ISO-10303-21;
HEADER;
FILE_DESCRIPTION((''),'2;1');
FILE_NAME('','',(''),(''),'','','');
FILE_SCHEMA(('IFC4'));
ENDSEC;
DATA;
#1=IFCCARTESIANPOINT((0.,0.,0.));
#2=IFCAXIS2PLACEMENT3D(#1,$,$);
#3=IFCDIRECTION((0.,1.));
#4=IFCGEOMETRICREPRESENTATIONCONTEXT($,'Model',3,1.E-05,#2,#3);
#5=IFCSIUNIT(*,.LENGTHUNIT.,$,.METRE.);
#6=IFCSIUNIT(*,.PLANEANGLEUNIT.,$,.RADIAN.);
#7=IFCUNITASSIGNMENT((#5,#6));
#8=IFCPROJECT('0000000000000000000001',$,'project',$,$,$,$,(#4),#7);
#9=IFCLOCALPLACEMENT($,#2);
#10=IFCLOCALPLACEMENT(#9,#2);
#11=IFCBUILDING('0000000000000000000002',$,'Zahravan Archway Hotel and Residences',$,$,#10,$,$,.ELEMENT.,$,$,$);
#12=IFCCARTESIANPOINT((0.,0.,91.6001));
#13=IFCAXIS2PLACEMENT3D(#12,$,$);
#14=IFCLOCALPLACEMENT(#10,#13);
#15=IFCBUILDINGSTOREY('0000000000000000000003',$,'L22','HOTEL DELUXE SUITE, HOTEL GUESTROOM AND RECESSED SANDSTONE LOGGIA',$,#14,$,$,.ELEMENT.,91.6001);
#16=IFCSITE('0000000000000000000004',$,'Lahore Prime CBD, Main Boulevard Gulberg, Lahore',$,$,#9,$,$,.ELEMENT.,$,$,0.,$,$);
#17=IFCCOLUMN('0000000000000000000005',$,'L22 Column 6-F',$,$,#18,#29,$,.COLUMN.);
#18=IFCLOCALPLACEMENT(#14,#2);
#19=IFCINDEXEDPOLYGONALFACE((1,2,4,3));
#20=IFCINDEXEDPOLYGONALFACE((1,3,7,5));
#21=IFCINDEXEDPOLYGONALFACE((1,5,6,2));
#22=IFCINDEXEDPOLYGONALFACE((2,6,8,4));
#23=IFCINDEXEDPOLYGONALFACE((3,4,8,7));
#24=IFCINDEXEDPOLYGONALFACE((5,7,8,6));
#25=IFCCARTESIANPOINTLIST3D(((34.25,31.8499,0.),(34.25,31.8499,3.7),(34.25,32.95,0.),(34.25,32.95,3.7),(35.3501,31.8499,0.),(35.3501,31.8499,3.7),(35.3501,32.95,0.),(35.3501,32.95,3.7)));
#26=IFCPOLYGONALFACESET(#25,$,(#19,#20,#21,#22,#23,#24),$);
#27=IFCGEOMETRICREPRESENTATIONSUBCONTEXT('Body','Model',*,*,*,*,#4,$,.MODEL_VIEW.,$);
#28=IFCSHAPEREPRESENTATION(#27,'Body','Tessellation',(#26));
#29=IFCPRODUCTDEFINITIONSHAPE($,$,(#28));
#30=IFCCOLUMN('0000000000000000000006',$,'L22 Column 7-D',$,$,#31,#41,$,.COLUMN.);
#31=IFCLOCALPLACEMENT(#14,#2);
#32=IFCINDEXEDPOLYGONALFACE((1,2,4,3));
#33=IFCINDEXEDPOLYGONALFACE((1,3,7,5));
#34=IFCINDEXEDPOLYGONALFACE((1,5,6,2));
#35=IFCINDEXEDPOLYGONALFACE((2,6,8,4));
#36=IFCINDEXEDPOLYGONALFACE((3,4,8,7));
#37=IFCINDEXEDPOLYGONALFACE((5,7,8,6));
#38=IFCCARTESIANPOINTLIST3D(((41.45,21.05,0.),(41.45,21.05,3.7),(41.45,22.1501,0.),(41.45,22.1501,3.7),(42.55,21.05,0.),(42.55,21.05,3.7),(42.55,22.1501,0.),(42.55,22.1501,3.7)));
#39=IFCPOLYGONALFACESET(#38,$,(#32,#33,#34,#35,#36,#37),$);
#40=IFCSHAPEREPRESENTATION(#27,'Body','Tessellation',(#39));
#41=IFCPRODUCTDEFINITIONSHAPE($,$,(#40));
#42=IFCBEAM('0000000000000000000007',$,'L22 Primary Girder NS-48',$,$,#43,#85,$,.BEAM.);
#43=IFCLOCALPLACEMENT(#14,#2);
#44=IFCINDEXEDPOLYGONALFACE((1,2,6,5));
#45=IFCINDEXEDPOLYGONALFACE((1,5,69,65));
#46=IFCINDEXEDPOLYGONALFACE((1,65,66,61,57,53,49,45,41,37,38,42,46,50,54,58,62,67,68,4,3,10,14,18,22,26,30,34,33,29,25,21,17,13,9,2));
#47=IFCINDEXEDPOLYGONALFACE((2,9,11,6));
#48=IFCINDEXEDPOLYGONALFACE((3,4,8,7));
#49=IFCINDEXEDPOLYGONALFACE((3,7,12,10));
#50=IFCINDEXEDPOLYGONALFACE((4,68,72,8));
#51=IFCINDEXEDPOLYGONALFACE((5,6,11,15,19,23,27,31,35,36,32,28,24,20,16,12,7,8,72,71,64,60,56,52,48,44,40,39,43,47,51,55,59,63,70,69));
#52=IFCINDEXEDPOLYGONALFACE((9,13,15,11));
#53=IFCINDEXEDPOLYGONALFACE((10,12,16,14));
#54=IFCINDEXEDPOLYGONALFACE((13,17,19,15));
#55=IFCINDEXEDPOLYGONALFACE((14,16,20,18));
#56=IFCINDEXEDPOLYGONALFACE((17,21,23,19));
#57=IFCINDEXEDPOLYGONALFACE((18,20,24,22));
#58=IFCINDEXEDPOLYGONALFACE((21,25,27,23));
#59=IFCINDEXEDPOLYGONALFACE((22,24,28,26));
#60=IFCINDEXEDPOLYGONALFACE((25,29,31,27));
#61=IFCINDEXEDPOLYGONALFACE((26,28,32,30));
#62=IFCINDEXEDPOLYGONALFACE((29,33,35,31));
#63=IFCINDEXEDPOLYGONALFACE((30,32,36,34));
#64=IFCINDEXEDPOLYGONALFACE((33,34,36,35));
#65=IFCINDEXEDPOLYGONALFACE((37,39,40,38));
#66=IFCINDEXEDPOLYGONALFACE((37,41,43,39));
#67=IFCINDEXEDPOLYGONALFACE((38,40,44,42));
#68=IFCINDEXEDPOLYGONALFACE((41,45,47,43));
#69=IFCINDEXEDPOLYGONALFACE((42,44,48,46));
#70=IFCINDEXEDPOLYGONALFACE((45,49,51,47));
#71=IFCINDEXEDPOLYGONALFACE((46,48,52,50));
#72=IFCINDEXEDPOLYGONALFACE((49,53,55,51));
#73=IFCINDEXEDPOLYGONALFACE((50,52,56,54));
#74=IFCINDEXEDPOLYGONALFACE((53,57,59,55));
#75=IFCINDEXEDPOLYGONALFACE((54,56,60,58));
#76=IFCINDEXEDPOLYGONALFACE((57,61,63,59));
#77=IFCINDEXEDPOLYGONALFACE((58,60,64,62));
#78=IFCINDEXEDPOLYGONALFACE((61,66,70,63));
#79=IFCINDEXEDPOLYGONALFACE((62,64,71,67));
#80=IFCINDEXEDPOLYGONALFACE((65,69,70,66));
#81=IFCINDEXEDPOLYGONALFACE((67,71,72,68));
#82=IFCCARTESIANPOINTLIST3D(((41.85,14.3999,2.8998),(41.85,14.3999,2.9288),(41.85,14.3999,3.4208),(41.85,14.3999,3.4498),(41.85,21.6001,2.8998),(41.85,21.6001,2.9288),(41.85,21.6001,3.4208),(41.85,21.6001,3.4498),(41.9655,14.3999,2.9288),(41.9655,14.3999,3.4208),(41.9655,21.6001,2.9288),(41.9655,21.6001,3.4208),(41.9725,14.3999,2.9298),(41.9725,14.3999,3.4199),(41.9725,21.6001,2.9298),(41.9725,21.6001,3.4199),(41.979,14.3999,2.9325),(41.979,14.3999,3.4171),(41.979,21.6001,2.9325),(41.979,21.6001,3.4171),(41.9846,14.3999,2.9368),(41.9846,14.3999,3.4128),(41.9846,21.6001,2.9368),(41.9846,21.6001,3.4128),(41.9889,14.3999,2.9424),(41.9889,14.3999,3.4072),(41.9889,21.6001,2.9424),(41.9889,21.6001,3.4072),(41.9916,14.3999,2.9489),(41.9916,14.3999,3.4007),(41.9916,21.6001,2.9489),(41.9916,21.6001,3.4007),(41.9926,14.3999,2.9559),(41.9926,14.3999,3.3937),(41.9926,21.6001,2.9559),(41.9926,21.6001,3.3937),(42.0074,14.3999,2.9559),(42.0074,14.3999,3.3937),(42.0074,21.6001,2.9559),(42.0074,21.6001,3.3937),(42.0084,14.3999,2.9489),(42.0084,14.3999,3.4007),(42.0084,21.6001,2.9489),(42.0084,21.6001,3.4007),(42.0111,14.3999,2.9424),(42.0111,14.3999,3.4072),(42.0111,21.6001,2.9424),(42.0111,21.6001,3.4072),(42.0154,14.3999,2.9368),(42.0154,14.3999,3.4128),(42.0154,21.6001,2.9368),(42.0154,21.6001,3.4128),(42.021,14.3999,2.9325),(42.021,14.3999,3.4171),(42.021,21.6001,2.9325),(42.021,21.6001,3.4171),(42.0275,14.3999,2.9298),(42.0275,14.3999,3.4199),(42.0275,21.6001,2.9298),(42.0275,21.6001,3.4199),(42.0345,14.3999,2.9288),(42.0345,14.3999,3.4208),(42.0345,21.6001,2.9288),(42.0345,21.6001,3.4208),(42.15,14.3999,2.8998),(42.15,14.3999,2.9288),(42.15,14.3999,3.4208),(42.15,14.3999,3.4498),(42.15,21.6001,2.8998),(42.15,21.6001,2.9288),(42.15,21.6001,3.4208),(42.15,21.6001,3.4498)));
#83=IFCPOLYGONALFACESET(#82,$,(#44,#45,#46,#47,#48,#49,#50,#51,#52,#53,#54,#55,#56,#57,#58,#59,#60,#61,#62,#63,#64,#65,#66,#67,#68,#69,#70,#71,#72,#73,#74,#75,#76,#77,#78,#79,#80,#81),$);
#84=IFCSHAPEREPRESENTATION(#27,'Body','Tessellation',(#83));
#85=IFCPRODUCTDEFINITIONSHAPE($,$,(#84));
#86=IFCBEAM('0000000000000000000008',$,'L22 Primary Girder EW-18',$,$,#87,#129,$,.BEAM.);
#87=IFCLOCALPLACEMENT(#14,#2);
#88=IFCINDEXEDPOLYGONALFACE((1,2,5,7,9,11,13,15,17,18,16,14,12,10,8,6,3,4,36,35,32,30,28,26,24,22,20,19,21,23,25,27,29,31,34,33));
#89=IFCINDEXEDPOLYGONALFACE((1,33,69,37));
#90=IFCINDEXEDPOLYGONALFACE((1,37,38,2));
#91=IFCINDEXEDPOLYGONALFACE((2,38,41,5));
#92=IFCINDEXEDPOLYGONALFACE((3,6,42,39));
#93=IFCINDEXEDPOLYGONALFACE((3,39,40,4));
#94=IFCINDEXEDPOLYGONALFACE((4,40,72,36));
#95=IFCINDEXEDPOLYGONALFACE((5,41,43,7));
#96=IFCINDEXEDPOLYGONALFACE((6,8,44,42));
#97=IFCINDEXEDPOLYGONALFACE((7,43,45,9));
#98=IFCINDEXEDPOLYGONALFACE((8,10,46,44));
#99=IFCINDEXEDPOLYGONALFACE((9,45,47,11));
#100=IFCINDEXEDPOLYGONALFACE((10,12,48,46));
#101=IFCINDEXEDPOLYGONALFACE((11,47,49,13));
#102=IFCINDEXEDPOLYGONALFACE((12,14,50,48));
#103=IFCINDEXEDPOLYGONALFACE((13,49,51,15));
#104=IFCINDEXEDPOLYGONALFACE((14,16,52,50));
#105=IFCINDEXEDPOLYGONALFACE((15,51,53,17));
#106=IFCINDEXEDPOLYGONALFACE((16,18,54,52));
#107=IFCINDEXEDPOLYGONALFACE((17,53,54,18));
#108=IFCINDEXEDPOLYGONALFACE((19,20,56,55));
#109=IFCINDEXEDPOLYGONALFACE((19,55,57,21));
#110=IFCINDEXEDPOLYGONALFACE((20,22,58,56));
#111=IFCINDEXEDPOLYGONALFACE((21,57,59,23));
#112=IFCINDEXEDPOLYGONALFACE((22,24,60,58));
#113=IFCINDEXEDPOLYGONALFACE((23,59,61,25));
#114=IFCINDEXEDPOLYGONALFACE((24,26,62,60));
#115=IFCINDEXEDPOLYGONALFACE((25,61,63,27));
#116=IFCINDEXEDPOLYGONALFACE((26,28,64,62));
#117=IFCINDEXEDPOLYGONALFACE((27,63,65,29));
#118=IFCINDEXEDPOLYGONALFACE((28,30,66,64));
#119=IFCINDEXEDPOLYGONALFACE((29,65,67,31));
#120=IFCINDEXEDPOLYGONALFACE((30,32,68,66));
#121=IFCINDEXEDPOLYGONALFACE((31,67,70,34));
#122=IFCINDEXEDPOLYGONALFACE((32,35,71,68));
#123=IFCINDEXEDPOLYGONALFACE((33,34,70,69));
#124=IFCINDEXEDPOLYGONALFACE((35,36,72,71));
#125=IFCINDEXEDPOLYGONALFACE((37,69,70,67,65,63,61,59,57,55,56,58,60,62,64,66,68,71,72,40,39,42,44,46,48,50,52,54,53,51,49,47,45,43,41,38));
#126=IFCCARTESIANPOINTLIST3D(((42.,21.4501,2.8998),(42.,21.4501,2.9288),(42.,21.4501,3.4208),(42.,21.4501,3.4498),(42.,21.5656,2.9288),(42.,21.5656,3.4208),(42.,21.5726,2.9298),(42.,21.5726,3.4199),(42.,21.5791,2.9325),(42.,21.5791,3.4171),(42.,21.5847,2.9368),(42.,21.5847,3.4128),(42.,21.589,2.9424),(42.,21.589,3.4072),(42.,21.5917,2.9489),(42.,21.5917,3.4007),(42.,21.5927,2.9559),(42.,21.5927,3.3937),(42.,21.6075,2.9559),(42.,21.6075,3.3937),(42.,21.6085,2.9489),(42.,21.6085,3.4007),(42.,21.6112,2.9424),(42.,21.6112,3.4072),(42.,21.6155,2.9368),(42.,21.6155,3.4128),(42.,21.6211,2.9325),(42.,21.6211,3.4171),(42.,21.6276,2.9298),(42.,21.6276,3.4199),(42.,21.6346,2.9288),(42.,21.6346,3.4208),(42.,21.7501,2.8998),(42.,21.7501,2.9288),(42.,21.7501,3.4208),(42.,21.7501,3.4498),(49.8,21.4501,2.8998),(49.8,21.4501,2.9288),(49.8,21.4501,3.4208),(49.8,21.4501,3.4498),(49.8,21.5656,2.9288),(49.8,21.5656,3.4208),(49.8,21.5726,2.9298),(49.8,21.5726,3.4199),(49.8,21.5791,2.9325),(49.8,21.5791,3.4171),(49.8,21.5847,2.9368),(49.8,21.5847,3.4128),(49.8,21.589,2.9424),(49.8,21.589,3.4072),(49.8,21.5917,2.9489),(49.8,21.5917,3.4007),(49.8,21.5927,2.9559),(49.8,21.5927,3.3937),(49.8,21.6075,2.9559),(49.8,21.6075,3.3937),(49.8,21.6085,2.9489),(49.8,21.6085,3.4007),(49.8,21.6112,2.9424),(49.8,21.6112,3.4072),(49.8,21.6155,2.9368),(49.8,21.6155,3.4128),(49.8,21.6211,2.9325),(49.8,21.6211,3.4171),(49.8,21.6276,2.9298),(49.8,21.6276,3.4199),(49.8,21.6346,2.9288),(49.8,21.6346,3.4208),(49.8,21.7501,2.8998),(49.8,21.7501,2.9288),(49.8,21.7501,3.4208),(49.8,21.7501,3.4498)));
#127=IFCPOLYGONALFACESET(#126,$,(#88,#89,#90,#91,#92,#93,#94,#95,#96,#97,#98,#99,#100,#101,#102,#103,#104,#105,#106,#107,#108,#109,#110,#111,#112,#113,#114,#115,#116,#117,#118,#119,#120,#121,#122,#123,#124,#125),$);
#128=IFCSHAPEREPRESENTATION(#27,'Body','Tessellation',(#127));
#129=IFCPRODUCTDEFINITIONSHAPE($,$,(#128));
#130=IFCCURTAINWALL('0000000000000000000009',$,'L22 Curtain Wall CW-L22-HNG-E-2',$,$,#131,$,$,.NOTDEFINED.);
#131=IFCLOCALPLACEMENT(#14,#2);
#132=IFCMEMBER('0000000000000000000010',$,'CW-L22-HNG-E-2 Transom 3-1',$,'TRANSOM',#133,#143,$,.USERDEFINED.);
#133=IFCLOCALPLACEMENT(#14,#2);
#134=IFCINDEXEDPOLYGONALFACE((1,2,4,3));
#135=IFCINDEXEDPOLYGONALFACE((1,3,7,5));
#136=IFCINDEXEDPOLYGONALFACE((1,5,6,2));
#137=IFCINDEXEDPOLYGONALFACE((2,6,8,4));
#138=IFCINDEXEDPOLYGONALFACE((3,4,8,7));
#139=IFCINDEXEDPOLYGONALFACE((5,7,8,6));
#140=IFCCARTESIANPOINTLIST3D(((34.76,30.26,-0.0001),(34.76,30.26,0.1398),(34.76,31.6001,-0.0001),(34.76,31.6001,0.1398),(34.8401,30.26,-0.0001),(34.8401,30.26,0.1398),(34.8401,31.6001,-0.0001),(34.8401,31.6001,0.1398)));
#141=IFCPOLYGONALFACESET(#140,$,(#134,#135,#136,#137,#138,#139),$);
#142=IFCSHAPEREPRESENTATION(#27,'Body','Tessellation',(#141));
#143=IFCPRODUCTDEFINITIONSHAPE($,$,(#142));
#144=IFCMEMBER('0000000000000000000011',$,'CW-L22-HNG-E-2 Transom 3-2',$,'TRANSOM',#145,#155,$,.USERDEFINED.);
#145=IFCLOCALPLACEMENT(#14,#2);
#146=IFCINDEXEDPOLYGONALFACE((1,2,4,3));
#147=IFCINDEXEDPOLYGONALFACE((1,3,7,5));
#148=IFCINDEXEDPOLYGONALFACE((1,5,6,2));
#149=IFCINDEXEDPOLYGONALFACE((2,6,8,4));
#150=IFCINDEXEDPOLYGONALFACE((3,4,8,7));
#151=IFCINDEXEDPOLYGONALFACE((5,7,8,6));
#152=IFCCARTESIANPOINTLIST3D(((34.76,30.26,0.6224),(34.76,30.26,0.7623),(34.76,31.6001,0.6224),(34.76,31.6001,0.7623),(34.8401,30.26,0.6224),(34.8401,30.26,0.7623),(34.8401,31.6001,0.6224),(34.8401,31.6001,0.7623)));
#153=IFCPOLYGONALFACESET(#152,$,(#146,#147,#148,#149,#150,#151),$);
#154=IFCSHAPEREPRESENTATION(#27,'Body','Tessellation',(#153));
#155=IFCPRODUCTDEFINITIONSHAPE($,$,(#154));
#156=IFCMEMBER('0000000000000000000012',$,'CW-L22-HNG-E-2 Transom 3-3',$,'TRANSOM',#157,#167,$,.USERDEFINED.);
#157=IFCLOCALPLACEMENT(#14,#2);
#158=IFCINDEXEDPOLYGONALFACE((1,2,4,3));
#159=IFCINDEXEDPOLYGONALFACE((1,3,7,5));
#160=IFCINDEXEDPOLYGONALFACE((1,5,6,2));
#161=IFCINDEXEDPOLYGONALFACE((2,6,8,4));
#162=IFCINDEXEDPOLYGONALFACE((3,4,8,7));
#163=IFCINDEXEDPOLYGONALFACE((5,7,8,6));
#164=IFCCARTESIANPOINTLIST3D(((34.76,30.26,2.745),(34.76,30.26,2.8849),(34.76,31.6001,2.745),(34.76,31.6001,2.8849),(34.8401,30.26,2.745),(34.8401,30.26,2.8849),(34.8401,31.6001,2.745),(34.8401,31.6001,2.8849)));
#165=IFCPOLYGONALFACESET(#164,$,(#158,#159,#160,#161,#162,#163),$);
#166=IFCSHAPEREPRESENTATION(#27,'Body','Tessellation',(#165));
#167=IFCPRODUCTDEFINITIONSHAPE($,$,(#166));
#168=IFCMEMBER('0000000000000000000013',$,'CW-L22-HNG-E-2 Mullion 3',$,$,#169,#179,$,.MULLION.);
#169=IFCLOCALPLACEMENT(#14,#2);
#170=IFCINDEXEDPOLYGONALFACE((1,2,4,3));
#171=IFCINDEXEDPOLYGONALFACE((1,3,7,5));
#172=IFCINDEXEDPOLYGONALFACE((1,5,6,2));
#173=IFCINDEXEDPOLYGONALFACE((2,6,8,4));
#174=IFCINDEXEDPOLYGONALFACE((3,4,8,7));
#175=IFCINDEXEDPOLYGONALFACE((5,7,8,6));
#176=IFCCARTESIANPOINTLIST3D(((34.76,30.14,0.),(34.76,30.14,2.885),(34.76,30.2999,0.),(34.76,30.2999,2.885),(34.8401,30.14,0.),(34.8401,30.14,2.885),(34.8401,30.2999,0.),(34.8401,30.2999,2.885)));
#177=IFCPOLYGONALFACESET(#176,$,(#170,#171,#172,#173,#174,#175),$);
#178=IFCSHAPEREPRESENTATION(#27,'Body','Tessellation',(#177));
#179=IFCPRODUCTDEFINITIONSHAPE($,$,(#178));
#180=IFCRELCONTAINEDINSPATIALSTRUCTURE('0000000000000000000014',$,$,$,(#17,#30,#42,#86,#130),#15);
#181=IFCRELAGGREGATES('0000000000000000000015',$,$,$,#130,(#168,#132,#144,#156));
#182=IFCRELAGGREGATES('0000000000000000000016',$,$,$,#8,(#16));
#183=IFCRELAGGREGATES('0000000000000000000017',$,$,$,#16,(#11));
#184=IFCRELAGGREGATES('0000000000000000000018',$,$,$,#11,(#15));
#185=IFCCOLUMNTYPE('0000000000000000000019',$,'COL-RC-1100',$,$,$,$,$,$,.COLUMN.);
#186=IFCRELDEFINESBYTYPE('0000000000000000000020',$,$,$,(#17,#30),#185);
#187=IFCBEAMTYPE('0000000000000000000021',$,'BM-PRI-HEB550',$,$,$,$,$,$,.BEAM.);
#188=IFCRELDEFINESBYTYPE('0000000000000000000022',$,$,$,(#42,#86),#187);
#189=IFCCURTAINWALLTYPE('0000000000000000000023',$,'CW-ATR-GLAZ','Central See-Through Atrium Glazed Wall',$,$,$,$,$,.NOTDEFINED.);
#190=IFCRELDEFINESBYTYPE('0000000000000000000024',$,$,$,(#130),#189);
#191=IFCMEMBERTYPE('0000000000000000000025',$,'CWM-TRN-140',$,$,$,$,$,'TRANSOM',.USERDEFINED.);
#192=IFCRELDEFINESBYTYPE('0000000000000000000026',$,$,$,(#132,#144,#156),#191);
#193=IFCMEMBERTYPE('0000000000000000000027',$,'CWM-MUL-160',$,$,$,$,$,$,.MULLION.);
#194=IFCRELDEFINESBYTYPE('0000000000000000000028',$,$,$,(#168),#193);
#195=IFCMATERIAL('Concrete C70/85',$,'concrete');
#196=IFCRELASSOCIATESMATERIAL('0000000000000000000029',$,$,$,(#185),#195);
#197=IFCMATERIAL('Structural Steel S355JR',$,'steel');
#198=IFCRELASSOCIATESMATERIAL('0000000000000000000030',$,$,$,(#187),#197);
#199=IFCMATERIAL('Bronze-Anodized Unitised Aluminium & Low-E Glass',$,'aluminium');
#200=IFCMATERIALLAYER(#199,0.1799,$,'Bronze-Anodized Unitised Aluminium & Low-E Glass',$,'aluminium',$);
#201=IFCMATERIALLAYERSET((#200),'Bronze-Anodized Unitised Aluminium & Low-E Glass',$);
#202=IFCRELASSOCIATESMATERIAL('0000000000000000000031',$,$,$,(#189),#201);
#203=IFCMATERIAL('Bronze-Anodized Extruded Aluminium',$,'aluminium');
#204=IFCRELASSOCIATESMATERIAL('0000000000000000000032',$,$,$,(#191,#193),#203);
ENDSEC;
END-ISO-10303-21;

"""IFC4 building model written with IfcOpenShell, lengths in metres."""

from ifc_helpers import new_model, si_unit, direction, frame, origin, origin_2d, place, context, subcontext, project, spatial, rectangle, i_section, extrude, source, transform, mapped, material, layer, layer_set, material_profile, profile_set, type_object, type_shapes, element, aggregate, save


model = new_model("IFC4")

# Units and contexts
model_context = context("Model", 3, precision=1e-05, world=origin(), true_north=direction((0.0, 1.0)))
body_context = subcontext(model_context, "Body", "Model", "MODEL_VIEW")
ifc_project = project(units=[si_unit("LENGTHUNIT", "METRE"), si_unit("PLANEANGLEUNIT", "RADIAN")], contexts=[model_context])

# Site, building, storey
site_placement = place(None, origin())
site = spatial("IfcSite", under=ifc_project, at=site_placement, Name="Lahore Prime CBD, Main Boulevard Gulberg, Lahore", CompositionType="ELEMENT", RefElevation=0.0)
building_placement = place(site_placement, origin())
building = spatial("IfcBuilding", under=site, at=building_placement, Name="Zahravan Archway Hotel and Residences", CompositionType="ELEMENT")
storey_placement = place(building_placement, frame((0.0, 0.0, 91.6001)))
storey = spatial("IfcBuildingStorey", under=building, at=storey_placement, Name="L22", Description="HOTEL DELUXE SUITE, HOTEL GUESTROOM AND RECESSED SANDSTONE LOGGIA", CompositionType="ELEMENT", Elevation=91.6001)

# Columns
ifc_material_1 = material(Name="Concrete C70/85", Category="concrete")
ifc_material_profile_1 = material_profile(ifc_material_1, rectangle(XDim=1.1001, YDim=1.1001, at=origin_2d()), Name="RC 1100x1100", Category="concrete")
ifc_profile_set_1 = profile_set([ifc_material_profile_1], Name="Concrete C70/85")
column_type = type_object("IfcColumnType", Name="COL-RC-1100", PredefinedType="COLUMN", material=ifc_profile_set_1)
shared_shape_1 = source(origin(), body_context, "Body", "SweptSolid", [
    extrude(rectangle(XDim=1.1001, YDim=1.1001, at=origin_2d()), origin(), (0.0, 0.0, 1.0), 3.7),
])
for number, where, z_axis, x_axis, name in (
    (1, (34.8, 32.3999, 0.0), (0.0, 0.0, 1.0), (1.0, 0.0, 0.0), "L22 Column 6-F"),
    (2, (42.0, 21.6001, 0.0), (0.0, 0.0, 1.0), (1.0, 0.0, 0.0), "L22 Column 7-D"),
):
    element("IfcColumn", number, at=place(storey_placement, frame(where, z_axis=z_axis, x_axis=x_axis)), inside=storey, type_object=column_type, Name=name, PredefinedType="COLUMN", context=body_context, shape_type="MappedRepresentation", body=[
        mapped(shared_shape_1, transform((0.0, 0.0, 0.0), scale=1.0)),
    ])

# Beams
ifc_material_2 = material(Name="Structural Steel S355JR", Category="steel")
ifc_material_profile_2 = material_profile(ifc_material_2, i_section(OverallWidth=0.3, OverallDepth=0.55, WebThickness=0.0149, FlangeThickness=0.0291, FilletRadius=0.0271, at=origin_2d()), Name="HEB 550", Category="steel")
ifc_profile_set_2 = profile_set([ifc_material_profile_2], Name="Structural Steel S355JR")
beam_type = type_object("IfcBeamType", Name="BM-PRI-HEB550", PredefinedType="BEAM", material=ifc_profile_set_2)
shared_shape_2 = source(origin(), body_context, "Body", "SweptSolid", [
    extrude(i_section(OverallWidth=0.3, OverallDepth=0.55, WebThickness=0.0149, FlangeThickness=0.0291, FilletRadius=0.0271, at=origin_2d()), origin(), (0.0, 0.0, 1.0), 7.2002),
])
type_shapes(beam_type, [shared_shape_2])
beam_1_placement = place(storey_placement, frame((42.0, 14.3999, 3.1748), z_axis=(0.0, 1.0, 0.0), x_axis=(-1.0, 0.0, 0.0)))
element("IfcBeam", 3, at=beam_1_placement, inside=storey, type_object=beam_type, Name="L22 Primary Girder NS-48", PredefinedType="BEAM", context=body_context, shape_type="MappedRepresentation", body=[
    mapped(shared_shape_2, transform((0.0, 0.0, 0.0), scale=1.0)),
])
shared_shape_3 = source(origin(), body_context, "Body", "SweptSolid", [
    extrude(i_section(OverallWidth=0.3, OverallDepth=0.55, WebThickness=0.0149, FlangeThickness=0.0291, FilletRadius=0.0271, at=origin_2d()), origin(), (0.0, 0.0, 1.0), 7.8),
])
beam_2_placement = place(storey_placement, frame((42.0, 21.6001, 3.1748), z_axis=(1.0, 0.0, 0.0), x_axis=(0.0, 1.0, 0.0)))
element("IfcBeam", 4, at=beam_2_placement, inside=storey, type_object=beam_type, Name="L22 Primary Girder EW-18", PredefinedType="BEAM", context=body_context, shape_type="MappedRepresentation", body=[
    mapped(shared_shape_3, transform((0.0, 0.0, 0.0), scale=1.0)),
])

# Curtain wall, members
ifc_material_3 = material(Name="Bronze-Anodized Unitised Aluminium & Low-E Glass", Category="aluminium")
ifc_layer_1 = layer(ifc_material_3, 0.1799, Name="Bronze-Anodized Unitised Aluminium & Low-E Glass", Category="aluminium")
ifc_layer_set_1 = layer_set([ifc_layer_1], Name="Bronze-Anodized Unitised Aluminium & Low-E Glass")
curtain_wall_type = type_object("IfcCurtainWallType", Name="CW-ATR-GLAZ", Description="Central See-Through Atrium Glazed Wall", PredefinedType="NOTDEFINED", material=ifc_layer_set_1)
curtain_wall_placement = place(storey_placement, origin())
curtain_wall = element("IfcCurtainWall", 5, at=curtain_wall_placement, inside=storey, type_object=curtain_wall_type, Name="L22 Curtain Wall CW-L22-HNG-E-2", PredefinedType="NOTDEFINED")
ifc_material_4 = material(Name="Bronze-Anodized Extruded Aluminium", Category="aluminium")
ifc_material_profile_3 = material_profile(ifc_material_4, rectangle(XDim=0.0801, YDim=0.1399, at=origin_2d()), Name="TRN 80x140", Category="aluminium")
ifc_profile_set_3 = profile_set([ifc_material_profile_3], Name="Bronze-Anodized Extruded Aluminium")
member_type_1 = type_object("IfcMemberType", Name="CWM-TRN-140", ElementType="TRANSOM", PredefinedType="USERDEFINED", material=ifc_profile_set_3)
shared_shape_4 = source(origin(), body_context, "Body", "SweptSolid", [
    extrude(rectangle(XDim=0.0801, YDim=0.1399, at=origin_2d()), origin(), (0.0, 0.0, 1.0), 1.3401),
])
member_1_placement = place(storey_placement, frame((34.8, 30.26, 0.0698), z_axis=(0.0, 1.0, 0.0), x_axis=(-1.0, 0.0, 0.0)))
member_1 = element("IfcMember", 6, at=member_1_placement, type_object=member_type_1, Name="CW-L22-HNG-E-2 Transom 3-1", ObjectType="TRANSOM", PredefinedType="USERDEFINED", context=body_context, shape_type="MappedRepresentation", body=[
    mapped(shared_shape_4, transform((0.0, 0.0, 0.0), scale=1.0)),
])
member_2_placement = place(storey_placement, frame((34.8, 30.26, 0.6924), z_axis=(0.0, 1.0, 0.0), x_axis=(-1.0, 0.0, 0.0)))
member_2 = element("IfcMember", 7, at=member_2_placement, type_object=member_type_1, Name="CW-L22-HNG-E-2 Transom 3-2", ObjectType="TRANSOM", PredefinedType="USERDEFINED", context=body_context, shape_type="MappedRepresentation", body=[
    mapped(shared_shape_4, transform((0.0, 0.0, 0.0), scale=1.0)),
])
member_3_placement = place(storey_placement, frame((34.8, 30.26, 2.8149), z_axis=(0.0, 1.0, 0.0), x_axis=(-1.0, 0.0, 0.0)))
member_3 = element("IfcMember", 8, at=member_3_placement, type_object=member_type_1, Name="CW-L22-HNG-E-2 Transom 3-3", ObjectType="TRANSOM", PredefinedType="USERDEFINED", context=body_context, shape_type="MappedRepresentation", body=[
    mapped(shared_shape_4, transform((0.0, 0.0, 0.0), scale=1.0)),
])
ifc_material_profile_4 = material_profile(ifc_material_4, rectangle(XDim=0.0801, YDim=0.1599, at=origin_2d()), Name="MUL 80x160", Category="aluminium")
ifc_profile_set_4 = profile_set([ifc_material_profile_4], Name="Bronze-Anodized Extruded Aluminium")
member_type_2 = type_object("IfcMemberType", Name="CWM-MUL-160", PredefinedType="MULLION", material=ifc_profile_set_4)
shared_shape_5 = source(origin(), body_context, "Body", "SweptSolid", [
    extrude(rectangle(XDim=0.0801, YDim=0.1599, at=origin_2d()), origin(), (0.0, 0.0, 1.0), 2.885),
])
member_4_placement = place(storey_placement, frame((34.8, 30.22, 0.0), z_axis=(0.0, 0.0, 1.0), x_axis=(1.0, 0.0, 0.0)))
member_4 = element("IfcMember", 9, at=member_4_placement, type_object=member_type_2, Name="CW-L22-HNG-E-2 Mullion 3", PredefinedType="MULLION", context=body_context, shape_type="MappedRepresentation", body=[
    mapped(shared_shape_5, transform((0.0, 0.0, 0.0), scale=1.0)),
])
aggregate(curtain_wall, [member_4, member_1, member_2, member_3])

save(model, "model.ifc")
